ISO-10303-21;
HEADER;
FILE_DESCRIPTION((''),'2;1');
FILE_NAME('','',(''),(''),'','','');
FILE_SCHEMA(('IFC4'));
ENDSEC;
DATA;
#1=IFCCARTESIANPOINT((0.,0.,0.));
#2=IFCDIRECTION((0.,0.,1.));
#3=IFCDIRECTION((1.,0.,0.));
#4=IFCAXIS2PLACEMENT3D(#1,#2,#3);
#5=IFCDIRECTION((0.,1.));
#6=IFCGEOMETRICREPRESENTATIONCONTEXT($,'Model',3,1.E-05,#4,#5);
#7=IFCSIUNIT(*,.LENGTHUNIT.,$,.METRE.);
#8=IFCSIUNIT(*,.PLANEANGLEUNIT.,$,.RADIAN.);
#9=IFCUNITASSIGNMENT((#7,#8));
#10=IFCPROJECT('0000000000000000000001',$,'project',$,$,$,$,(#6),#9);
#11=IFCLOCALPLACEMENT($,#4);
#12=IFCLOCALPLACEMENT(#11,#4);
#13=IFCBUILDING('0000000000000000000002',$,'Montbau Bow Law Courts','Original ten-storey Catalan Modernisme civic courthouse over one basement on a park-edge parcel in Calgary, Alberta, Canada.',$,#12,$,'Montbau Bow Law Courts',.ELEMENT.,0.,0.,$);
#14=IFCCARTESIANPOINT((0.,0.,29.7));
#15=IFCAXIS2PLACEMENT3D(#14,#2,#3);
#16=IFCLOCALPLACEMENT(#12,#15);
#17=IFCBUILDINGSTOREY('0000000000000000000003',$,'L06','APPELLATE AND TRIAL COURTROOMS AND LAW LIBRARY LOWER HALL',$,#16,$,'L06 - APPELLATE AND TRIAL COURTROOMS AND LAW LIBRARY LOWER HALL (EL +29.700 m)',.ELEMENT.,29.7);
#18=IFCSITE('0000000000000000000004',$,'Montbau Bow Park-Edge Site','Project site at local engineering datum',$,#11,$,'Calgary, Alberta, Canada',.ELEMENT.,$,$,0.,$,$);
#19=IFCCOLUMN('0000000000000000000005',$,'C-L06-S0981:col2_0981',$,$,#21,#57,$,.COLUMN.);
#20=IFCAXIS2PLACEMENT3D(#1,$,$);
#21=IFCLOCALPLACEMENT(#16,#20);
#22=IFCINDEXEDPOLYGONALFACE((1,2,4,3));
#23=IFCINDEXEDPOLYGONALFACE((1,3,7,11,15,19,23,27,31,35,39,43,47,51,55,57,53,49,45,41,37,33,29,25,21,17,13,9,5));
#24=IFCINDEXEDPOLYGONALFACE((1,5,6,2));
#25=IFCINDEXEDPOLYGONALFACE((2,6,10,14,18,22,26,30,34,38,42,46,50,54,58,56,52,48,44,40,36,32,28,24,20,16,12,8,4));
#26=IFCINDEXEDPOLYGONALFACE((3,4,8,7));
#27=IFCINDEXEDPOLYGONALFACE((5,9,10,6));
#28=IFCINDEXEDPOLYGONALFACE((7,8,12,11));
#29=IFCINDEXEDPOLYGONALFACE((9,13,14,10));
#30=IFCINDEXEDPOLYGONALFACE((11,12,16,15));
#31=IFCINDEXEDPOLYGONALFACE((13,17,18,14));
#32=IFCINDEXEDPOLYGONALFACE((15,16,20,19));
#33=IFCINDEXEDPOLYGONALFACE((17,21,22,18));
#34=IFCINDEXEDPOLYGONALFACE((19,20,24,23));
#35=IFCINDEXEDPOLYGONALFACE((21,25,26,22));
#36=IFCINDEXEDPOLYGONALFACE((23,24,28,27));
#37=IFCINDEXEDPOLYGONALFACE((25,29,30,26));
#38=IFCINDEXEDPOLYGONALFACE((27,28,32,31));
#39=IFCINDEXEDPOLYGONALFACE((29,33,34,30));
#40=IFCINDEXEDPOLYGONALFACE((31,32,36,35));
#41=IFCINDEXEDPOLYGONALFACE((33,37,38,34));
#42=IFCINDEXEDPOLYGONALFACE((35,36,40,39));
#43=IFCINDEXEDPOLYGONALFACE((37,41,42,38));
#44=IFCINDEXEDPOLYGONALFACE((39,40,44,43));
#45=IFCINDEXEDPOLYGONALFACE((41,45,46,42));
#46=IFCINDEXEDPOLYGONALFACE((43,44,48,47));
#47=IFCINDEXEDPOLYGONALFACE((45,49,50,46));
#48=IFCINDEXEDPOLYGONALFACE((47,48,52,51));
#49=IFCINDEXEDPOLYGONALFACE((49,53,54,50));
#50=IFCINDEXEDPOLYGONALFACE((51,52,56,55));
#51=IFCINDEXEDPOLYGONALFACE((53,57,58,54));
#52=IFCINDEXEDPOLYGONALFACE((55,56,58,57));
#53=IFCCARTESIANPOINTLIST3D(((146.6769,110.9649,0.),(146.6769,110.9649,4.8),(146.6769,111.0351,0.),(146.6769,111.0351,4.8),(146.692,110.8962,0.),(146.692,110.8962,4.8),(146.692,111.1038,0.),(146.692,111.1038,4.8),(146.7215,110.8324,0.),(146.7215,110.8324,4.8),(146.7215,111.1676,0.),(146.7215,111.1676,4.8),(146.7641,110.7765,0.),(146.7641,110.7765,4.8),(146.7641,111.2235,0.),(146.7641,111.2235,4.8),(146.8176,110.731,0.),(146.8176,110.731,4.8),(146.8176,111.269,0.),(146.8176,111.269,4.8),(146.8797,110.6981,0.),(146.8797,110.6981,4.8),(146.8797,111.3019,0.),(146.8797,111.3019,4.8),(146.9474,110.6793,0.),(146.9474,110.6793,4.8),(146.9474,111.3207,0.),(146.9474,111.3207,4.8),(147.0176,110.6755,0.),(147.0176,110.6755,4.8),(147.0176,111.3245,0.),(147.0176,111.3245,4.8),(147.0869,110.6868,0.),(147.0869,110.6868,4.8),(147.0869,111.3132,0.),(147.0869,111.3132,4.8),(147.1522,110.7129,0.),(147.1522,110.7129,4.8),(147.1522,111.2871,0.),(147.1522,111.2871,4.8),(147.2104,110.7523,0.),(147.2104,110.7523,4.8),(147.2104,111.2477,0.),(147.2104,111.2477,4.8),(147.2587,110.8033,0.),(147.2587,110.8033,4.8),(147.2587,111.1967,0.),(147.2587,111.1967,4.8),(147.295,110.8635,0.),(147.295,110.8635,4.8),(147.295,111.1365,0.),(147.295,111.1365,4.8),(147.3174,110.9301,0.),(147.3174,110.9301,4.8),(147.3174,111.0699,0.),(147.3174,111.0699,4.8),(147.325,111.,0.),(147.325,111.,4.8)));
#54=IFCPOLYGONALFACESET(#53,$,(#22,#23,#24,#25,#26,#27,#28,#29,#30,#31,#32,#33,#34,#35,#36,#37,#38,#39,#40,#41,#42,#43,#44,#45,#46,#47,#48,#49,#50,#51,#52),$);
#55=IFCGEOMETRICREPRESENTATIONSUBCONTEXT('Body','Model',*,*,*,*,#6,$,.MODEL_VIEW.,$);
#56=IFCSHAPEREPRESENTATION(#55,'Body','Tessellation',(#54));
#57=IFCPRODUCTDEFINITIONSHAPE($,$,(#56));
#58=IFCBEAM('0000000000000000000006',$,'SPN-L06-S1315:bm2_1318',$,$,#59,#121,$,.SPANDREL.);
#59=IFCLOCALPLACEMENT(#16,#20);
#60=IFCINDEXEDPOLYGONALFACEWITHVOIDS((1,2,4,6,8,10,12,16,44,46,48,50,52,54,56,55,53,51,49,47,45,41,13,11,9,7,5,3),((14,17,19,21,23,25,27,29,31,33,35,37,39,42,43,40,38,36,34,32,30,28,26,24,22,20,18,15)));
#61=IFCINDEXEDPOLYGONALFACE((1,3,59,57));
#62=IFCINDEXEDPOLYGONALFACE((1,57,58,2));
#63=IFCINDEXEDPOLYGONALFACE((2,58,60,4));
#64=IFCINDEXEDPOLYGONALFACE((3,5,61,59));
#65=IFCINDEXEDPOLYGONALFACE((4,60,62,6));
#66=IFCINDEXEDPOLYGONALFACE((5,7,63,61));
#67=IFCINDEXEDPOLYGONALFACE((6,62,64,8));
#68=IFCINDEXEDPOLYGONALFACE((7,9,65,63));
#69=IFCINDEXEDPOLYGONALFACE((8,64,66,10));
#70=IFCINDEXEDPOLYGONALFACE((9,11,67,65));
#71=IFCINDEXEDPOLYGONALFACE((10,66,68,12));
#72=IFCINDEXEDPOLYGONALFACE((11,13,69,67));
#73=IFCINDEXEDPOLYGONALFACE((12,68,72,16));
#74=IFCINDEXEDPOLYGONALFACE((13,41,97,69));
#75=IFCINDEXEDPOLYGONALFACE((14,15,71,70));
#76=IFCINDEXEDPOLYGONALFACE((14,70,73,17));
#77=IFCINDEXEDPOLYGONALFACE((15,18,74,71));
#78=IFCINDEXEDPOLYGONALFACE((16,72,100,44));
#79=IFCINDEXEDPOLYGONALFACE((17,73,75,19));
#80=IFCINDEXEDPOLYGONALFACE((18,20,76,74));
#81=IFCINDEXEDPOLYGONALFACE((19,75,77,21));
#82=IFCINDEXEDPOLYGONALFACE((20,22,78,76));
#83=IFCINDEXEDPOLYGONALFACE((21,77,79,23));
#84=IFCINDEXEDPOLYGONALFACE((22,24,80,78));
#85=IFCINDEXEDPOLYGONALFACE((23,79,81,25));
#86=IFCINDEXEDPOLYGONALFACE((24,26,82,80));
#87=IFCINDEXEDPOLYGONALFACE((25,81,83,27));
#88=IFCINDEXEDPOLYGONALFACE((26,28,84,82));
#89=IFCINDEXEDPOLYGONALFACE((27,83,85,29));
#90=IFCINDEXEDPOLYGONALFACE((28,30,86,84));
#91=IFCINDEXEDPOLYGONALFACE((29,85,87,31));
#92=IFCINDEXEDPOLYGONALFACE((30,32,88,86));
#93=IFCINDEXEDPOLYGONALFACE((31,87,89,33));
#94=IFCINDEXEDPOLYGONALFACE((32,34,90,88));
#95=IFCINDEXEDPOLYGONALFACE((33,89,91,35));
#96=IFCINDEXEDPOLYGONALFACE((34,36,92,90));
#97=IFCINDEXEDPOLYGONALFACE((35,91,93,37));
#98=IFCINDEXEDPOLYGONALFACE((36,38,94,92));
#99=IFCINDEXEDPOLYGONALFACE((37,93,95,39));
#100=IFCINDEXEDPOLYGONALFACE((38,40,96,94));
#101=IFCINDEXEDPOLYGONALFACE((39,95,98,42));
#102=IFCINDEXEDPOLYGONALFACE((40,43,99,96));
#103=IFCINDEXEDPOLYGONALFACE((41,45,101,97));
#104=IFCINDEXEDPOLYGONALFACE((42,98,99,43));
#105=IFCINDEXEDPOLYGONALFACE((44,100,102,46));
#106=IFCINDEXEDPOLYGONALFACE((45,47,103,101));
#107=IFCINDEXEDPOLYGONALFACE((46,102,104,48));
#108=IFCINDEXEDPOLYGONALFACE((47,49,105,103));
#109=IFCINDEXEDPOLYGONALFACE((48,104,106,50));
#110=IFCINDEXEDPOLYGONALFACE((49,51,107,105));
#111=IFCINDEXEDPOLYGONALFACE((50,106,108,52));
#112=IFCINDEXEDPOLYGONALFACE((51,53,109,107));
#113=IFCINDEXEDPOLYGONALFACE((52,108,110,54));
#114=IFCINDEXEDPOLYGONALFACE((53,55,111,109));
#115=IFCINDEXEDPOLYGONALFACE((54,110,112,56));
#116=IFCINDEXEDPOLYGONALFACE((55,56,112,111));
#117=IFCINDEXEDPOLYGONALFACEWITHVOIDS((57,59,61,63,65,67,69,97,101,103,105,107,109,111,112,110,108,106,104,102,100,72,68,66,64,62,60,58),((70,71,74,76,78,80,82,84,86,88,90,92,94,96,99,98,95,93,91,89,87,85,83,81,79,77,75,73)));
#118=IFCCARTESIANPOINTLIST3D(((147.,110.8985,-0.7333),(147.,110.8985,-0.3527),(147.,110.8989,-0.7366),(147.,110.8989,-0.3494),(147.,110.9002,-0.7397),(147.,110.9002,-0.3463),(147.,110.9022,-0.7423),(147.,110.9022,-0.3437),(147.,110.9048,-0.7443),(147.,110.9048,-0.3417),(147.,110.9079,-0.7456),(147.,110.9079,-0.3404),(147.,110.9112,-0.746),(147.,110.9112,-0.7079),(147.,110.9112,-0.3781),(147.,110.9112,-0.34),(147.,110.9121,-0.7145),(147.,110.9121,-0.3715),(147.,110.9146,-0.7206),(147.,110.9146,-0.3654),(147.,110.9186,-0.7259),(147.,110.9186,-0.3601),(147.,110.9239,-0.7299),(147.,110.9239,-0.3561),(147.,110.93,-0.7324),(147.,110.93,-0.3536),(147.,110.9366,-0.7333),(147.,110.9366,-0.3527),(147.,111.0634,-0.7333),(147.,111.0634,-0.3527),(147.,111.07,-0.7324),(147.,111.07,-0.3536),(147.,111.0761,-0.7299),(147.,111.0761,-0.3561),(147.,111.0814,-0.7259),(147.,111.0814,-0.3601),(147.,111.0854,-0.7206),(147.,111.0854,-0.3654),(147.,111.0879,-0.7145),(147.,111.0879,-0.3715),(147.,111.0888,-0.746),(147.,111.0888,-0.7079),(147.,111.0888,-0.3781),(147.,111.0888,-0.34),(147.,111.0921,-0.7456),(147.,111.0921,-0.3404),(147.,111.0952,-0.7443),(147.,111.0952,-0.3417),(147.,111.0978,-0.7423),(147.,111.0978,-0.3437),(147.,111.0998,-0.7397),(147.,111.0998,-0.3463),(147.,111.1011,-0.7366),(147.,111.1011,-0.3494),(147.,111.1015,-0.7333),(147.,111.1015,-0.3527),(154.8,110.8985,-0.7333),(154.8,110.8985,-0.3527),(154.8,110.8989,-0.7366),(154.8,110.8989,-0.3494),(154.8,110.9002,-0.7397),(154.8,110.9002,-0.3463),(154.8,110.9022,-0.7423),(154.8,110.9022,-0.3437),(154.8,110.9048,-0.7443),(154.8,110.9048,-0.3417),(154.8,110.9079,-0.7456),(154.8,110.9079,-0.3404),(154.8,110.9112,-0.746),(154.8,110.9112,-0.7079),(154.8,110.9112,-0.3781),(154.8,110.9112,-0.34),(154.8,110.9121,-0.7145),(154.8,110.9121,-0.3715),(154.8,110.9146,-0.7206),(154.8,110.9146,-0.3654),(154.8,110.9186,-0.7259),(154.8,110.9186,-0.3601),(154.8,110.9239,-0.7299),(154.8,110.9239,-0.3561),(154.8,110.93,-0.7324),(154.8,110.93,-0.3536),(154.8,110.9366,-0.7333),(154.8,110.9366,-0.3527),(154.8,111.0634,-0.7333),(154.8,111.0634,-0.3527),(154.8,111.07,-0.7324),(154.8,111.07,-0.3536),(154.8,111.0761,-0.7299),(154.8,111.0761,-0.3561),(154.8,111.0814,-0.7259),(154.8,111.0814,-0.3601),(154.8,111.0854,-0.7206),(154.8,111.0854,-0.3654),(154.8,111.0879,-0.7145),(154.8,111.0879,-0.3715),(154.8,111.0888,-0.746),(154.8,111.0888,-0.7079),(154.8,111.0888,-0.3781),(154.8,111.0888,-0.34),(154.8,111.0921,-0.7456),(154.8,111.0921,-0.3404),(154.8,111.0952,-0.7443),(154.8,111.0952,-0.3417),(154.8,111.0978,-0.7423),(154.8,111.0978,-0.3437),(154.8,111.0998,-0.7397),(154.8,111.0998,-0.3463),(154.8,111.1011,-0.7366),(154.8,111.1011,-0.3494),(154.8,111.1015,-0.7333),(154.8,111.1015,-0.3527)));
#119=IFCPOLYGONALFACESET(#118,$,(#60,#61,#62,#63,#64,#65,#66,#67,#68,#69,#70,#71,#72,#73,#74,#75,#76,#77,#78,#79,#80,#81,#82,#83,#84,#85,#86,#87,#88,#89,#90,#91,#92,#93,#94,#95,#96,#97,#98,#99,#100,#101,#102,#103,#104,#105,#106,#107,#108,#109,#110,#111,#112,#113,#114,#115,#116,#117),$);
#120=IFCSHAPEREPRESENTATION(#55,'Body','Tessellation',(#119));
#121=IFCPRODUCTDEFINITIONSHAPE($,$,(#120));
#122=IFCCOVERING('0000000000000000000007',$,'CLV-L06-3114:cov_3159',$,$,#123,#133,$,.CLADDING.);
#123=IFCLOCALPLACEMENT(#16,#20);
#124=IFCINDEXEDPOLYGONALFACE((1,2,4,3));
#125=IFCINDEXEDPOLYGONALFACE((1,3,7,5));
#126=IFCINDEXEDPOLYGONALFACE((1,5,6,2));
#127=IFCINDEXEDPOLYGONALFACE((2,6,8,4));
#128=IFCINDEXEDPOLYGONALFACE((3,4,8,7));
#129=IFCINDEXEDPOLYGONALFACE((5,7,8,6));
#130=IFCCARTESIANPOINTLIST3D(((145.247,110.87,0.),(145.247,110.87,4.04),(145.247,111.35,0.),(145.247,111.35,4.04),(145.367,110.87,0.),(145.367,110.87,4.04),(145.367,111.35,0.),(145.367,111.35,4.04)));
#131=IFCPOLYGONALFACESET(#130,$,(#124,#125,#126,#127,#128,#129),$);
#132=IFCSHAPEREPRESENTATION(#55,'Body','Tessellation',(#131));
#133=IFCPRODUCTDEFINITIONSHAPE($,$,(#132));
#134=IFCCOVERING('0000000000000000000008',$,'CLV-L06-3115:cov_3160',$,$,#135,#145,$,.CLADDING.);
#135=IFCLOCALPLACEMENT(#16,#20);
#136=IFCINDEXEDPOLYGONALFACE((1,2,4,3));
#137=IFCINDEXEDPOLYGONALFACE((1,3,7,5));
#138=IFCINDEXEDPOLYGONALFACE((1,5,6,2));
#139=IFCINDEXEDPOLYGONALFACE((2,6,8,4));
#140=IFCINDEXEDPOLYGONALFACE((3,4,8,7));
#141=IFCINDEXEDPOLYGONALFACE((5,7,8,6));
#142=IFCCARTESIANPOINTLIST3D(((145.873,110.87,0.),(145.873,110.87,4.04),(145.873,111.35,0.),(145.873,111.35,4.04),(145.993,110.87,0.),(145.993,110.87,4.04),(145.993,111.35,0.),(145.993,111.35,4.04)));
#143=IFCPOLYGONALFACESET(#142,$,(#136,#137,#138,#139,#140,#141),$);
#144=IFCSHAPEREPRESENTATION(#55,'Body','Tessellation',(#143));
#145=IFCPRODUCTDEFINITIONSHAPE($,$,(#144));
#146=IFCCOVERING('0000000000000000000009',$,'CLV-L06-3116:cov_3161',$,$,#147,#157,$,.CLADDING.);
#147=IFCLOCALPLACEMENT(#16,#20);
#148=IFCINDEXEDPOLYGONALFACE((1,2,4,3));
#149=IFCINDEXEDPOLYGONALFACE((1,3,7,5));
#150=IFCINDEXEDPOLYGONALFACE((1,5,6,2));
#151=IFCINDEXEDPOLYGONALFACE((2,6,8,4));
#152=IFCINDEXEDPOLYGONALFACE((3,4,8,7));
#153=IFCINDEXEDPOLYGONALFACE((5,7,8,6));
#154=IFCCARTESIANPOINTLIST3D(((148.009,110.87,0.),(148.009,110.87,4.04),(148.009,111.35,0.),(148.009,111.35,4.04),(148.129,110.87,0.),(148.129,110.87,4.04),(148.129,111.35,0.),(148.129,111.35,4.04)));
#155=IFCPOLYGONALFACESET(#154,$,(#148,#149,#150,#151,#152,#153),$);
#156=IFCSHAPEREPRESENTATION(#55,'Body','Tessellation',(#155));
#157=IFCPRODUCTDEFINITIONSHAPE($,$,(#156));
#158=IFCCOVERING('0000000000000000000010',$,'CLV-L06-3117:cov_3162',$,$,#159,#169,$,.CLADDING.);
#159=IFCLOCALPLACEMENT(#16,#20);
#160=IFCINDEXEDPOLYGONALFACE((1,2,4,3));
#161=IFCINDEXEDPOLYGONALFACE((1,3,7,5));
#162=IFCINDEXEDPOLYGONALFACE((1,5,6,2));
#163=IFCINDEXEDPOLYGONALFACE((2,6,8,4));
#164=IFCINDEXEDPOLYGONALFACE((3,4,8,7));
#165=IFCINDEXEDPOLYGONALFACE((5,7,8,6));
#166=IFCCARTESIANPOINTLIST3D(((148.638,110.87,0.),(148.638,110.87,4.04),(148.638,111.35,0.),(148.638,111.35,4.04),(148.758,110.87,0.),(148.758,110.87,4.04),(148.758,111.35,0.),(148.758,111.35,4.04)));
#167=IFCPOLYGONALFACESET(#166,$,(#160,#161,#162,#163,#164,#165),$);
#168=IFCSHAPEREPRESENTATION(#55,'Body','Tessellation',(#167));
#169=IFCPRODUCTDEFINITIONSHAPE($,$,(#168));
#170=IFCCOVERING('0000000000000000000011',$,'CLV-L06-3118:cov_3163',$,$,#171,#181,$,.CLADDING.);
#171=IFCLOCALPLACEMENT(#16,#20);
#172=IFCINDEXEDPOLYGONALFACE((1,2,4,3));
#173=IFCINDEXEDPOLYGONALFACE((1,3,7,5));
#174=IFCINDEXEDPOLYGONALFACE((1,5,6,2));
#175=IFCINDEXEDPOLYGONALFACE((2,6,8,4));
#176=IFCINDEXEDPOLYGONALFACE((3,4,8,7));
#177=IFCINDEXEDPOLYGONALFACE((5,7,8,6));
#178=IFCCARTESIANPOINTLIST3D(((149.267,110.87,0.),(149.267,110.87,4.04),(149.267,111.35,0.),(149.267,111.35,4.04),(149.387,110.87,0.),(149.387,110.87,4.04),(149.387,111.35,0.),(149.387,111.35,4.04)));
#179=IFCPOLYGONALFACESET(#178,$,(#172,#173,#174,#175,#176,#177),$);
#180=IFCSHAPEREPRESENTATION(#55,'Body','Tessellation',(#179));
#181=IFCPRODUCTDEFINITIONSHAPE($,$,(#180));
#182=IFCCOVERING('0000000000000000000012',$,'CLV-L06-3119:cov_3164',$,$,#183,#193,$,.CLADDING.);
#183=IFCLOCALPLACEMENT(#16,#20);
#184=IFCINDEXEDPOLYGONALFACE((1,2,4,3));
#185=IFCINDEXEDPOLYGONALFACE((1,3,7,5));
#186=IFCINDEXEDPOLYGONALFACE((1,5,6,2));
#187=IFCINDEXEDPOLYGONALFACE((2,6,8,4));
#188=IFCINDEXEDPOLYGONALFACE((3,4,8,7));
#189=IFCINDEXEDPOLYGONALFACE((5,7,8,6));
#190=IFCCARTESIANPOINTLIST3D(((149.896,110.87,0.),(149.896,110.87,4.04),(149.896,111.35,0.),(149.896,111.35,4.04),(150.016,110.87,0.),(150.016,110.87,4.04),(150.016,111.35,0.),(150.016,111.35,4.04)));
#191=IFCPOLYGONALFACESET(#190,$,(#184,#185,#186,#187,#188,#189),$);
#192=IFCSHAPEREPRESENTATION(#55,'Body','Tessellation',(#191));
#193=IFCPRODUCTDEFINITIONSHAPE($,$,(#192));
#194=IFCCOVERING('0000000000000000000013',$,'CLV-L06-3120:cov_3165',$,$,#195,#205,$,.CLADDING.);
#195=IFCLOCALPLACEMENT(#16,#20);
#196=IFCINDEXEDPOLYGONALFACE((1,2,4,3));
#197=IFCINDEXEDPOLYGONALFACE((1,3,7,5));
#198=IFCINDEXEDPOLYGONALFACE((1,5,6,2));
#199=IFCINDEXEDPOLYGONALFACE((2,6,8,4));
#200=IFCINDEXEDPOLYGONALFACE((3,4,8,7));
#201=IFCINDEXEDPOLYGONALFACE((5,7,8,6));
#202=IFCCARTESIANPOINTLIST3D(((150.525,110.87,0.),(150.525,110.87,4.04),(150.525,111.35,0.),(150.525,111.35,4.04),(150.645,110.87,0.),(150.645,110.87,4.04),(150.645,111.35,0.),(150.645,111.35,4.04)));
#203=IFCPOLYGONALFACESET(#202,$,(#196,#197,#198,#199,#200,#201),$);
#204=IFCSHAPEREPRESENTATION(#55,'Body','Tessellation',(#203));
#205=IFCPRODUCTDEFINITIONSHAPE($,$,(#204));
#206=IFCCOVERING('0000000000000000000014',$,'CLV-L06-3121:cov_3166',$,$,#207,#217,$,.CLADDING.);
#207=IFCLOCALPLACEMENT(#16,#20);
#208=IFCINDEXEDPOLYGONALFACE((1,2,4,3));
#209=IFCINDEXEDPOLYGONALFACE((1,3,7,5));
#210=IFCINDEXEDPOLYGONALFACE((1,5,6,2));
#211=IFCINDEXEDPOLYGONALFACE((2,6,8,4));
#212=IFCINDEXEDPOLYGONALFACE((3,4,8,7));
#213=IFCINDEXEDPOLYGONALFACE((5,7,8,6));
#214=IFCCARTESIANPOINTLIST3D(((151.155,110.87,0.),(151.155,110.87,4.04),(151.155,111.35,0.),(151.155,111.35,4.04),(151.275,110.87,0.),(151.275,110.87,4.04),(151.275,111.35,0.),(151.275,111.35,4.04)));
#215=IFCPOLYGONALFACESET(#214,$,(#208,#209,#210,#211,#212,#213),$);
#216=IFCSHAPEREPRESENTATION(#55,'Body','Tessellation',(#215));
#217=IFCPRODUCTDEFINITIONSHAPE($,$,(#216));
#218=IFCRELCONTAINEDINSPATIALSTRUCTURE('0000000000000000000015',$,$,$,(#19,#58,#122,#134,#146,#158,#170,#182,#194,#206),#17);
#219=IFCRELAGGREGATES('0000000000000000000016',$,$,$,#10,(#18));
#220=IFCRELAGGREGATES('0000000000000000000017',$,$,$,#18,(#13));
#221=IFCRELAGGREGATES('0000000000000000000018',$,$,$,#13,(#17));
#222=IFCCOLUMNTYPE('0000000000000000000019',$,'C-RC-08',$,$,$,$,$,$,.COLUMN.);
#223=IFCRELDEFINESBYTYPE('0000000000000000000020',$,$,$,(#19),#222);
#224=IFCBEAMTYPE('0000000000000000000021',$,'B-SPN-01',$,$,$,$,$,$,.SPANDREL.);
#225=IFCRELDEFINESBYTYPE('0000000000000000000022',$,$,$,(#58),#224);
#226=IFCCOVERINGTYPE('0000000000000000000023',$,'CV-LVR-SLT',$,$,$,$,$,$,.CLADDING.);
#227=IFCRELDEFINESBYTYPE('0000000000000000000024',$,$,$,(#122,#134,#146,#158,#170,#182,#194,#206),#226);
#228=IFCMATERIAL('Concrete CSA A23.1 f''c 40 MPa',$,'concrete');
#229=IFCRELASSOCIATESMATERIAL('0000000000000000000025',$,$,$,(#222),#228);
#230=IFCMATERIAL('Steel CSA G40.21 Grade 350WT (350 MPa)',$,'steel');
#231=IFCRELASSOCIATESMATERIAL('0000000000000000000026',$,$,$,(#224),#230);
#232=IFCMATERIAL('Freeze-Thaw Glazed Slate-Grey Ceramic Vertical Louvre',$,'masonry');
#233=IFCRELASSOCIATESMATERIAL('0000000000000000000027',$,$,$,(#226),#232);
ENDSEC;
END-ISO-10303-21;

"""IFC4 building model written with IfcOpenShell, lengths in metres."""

from ifc_helpers import new_model, si_unit, direction, frame, frame_2d, origin_with_axes, origin_2d_with_axis, place, context, subcontext, project, spatial, rectangle, hollow_rectangle, circle, extrude, material, material_profile, profile_set, type_object, element, save


model = new_model("IFC4")

# Units and contexts
model_context = context("Model", 3, precision=1e-05, world=origin_with_axes(), true_north=direction((0.0, 1.0)))
body_context = subcontext(model_context, "Body", "Model", "MODEL_VIEW")
ifc_project = project(units=[si_unit("LENGTHUNIT", "METRE"), si_unit("PLANEANGLEUNIT", "RADIAN")], contexts=[model_context])

# Site, building, storey
site_placement = place(None, origin_with_axes())
site = spatial("IfcSite", under=ifc_project, at=site_placement, Name="Montbau Bow Park-Edge Site", Description="Project site at local engineering datum", LongName="Calgary, Alberta, Canada", CompositionType="ELEMENT", RefElevation=0.0)
building_placement = place(site_placement, origin_with_axes())
building = spatial("IfcBuilding", under=site, at=building_placement, Name="Montbau Bow Law Courts", Description="Original ten-storey Catalan Modernisme civic courthouse over one basement on a park-edge parcel in Calgary, Alberta, Canada.", LongName="Montbau Bow Law Courts", CompositionType="ELEMENT", ElevationOfRefHeight=0.0, ElevationOfTerrain=0.0)
storey_placement = place(building_placement, frame((0.0, 0.0, 29.7), z_axis=(0.0, 0.0, 1.0), x_axis=(1.0, 0.0, 0.0)))
storey = spatial("IfcBuildingStorey", under=building, at=storey_placement, Name="L06", Description="APPELLATE AND TRIAL COURTROOMS AND LAW LIBRARY LOWER HALL", LongName="L06 - APPELLATE AND TRIAL COURTROOMS AND LAW LIBRARY LOWER HALL (EL +29.700 m)", CompositionType="ELEMENT", Elevation=29.7)

# Column
ifc_material_1 = material(Name="Concrete CSA A23.1 f'c 40 MPa", Category="concrete")
ifc_material_profile_1 = material_profile(ifc_material_1, circle(Radius=0.325, at=origin_2d_with_axis()), Name="RC650D", Category="Main", Priority=0)
ifc_profile_set_1 = profile_set([ifc_material_profile_1], Name="Concrete CSA A23.1 f'c 40 MPa")
column_type = type_object("IfcColumnType", Name="C-RC-08", PredefinedType="COLUMN", material=ifc_profile_set_1)
column_placement = place(None, frame((147.0, 111.0, 29.7), z_axis=(0.0, 0.0, 1.0), x_axis=(1.0, 0.0, 0.0)))
element("IfcColumn", 1, at=column_placement, inside=storey, type_object=column_type, Name="C-L06-S0981:col2_0981", PredefinedType="COLUMN", context=body_context, shape_type="SweptSolid", body=[
    extrude(circle(Radius=0.325, at=origin_2d_with_axis()), origin_with_axes(), (0.0, 0.0, 1.0), 4.8),
])

# Beam
ifc_material_2 = material(Name="Steel CSA G40.21 Grade 350WT (350 MPa)", Category="steel")
ifc_material_profile_2 = material_profile(ifc_material_2, hollow_rectangle(XDim=0.203, YDim=0.406, WallThickness=0.0127, InnerFilletRadius=0.0254, OuterFilletRadius=0.0127, at=origin_2d_with_axis()), Name="HSS406X203X13", Category="Main", Priority=0)
ifc_profile_set_2 = profile_set([ifc_material_profile_2], Name="Steel CSA G40.21 Grade 350WT (350 MPa)")
beam_type = type_object("IfcBeamType", Name="B-SPN-01", PredefinedType="SPANDREL", material=ifc_profile_set_2)
beam_placement = place(None, frame((147.0, 111.0, 29.157), z_axis=(1.0, 0.0, 0.0), x_axis=(0.0, 1.0, 0.0)))
element("IfcBeam", 2, at=beam_placement, inside=storey, type_object=beam_type, Name="SPN-L06-S1315:bm2_1318", PredefinedType="SPANDREL", context=body_context, shape_type="SweptSolid", body=[
    extrude(hollow_rectangle(XDim=0.203, YDim=0.406, WallThickness=0.0127, InnerFilletRadius=0.0254, OuterFilletRadius=0.0127, at=origin_2d_with_axis()), origin_with_axes(), (0.0, 0.0, 1.0), 7.8),
])

# Coverings
ifc_material_3 = material(Name="Freeze-Thaw Glazed Slate-Grey Ceramic Vertical Louvre", Category="masonry")
covering_type = type_object("IfcCoveringType", Name="CV-LVR-SLT", PredefinedType="CLADDING", material=ifc_material_3)
for number, where, z_axis, x_axis, name in (
    (3, (145.307, 110.87, 29.7), (1.0, 0.0, 0.0), (0.0, 1.0, 0.0), "CLV-L06-3114:cov_3159"),
    (4, (145.933, 110.87, 29.7), (1.0, 0.0, 0.0), (0.0, 1.0, 0.0), "CLV-L06-3115:cov_3160"),
    (5, (148.069, 110.87, 29.7), (1.0, 0.0, 0.0), (0.0, 1.0, 0.0), "CLV-L06-3116:cov_3161"),
    (6, (148.698, 110.87, 29.7), (1.0, 0.0, 0.0), (0.0, 1.0, 0.0), "CLV-L06-3117:cov_3162"),
    (7, (149.327, 110.87, 29.7), (1.0, 0.0, 0.0), (0.0, 1.0, 0.0), "CLV-L06-3118:cov_3163"),
    (8, (149.956, 110.87, 29.7), (1.0, 0.0, 0.0), (0.0, 1.0, 0.0), "CLV-L06-3119:cov_3164"),
    (9, (150.585, 110.87, 29.7), (1.0, 0.0, 0.0), (0.0, 1.0, 0.0), "CLV-L06-3120:cov_3165"),
    (10, (151.215, 110.87, 29.7), (1.0, 0.0, 0.0), (0.0, 1.0, 0.0), "CLV-L06-3121:cov_3166"),
):
    element("IfcCovering", number, at=place(None, frame(where, z_axis=z_axis, x_axis=x_axis)), inside=storey, type_object=covering_type, Name=name, PredefinedType="CLADDING", context=body_context, shape_type="SweptSolid", body=[
        extrude(rectangle(XDim=0.48, YDim=4.04, at=frame_2d((0.24, 2.02), x_axis=(1.0, 0.0))), frame((0.0, 0.0, -0.06), z_axis=(0.0, 0.0, 1.0), x_axis=(1.0, 0.0, 0.0)), (0.0, 0.0, 1.0), 0.12),
    ])

save(model, "model.ifc")
